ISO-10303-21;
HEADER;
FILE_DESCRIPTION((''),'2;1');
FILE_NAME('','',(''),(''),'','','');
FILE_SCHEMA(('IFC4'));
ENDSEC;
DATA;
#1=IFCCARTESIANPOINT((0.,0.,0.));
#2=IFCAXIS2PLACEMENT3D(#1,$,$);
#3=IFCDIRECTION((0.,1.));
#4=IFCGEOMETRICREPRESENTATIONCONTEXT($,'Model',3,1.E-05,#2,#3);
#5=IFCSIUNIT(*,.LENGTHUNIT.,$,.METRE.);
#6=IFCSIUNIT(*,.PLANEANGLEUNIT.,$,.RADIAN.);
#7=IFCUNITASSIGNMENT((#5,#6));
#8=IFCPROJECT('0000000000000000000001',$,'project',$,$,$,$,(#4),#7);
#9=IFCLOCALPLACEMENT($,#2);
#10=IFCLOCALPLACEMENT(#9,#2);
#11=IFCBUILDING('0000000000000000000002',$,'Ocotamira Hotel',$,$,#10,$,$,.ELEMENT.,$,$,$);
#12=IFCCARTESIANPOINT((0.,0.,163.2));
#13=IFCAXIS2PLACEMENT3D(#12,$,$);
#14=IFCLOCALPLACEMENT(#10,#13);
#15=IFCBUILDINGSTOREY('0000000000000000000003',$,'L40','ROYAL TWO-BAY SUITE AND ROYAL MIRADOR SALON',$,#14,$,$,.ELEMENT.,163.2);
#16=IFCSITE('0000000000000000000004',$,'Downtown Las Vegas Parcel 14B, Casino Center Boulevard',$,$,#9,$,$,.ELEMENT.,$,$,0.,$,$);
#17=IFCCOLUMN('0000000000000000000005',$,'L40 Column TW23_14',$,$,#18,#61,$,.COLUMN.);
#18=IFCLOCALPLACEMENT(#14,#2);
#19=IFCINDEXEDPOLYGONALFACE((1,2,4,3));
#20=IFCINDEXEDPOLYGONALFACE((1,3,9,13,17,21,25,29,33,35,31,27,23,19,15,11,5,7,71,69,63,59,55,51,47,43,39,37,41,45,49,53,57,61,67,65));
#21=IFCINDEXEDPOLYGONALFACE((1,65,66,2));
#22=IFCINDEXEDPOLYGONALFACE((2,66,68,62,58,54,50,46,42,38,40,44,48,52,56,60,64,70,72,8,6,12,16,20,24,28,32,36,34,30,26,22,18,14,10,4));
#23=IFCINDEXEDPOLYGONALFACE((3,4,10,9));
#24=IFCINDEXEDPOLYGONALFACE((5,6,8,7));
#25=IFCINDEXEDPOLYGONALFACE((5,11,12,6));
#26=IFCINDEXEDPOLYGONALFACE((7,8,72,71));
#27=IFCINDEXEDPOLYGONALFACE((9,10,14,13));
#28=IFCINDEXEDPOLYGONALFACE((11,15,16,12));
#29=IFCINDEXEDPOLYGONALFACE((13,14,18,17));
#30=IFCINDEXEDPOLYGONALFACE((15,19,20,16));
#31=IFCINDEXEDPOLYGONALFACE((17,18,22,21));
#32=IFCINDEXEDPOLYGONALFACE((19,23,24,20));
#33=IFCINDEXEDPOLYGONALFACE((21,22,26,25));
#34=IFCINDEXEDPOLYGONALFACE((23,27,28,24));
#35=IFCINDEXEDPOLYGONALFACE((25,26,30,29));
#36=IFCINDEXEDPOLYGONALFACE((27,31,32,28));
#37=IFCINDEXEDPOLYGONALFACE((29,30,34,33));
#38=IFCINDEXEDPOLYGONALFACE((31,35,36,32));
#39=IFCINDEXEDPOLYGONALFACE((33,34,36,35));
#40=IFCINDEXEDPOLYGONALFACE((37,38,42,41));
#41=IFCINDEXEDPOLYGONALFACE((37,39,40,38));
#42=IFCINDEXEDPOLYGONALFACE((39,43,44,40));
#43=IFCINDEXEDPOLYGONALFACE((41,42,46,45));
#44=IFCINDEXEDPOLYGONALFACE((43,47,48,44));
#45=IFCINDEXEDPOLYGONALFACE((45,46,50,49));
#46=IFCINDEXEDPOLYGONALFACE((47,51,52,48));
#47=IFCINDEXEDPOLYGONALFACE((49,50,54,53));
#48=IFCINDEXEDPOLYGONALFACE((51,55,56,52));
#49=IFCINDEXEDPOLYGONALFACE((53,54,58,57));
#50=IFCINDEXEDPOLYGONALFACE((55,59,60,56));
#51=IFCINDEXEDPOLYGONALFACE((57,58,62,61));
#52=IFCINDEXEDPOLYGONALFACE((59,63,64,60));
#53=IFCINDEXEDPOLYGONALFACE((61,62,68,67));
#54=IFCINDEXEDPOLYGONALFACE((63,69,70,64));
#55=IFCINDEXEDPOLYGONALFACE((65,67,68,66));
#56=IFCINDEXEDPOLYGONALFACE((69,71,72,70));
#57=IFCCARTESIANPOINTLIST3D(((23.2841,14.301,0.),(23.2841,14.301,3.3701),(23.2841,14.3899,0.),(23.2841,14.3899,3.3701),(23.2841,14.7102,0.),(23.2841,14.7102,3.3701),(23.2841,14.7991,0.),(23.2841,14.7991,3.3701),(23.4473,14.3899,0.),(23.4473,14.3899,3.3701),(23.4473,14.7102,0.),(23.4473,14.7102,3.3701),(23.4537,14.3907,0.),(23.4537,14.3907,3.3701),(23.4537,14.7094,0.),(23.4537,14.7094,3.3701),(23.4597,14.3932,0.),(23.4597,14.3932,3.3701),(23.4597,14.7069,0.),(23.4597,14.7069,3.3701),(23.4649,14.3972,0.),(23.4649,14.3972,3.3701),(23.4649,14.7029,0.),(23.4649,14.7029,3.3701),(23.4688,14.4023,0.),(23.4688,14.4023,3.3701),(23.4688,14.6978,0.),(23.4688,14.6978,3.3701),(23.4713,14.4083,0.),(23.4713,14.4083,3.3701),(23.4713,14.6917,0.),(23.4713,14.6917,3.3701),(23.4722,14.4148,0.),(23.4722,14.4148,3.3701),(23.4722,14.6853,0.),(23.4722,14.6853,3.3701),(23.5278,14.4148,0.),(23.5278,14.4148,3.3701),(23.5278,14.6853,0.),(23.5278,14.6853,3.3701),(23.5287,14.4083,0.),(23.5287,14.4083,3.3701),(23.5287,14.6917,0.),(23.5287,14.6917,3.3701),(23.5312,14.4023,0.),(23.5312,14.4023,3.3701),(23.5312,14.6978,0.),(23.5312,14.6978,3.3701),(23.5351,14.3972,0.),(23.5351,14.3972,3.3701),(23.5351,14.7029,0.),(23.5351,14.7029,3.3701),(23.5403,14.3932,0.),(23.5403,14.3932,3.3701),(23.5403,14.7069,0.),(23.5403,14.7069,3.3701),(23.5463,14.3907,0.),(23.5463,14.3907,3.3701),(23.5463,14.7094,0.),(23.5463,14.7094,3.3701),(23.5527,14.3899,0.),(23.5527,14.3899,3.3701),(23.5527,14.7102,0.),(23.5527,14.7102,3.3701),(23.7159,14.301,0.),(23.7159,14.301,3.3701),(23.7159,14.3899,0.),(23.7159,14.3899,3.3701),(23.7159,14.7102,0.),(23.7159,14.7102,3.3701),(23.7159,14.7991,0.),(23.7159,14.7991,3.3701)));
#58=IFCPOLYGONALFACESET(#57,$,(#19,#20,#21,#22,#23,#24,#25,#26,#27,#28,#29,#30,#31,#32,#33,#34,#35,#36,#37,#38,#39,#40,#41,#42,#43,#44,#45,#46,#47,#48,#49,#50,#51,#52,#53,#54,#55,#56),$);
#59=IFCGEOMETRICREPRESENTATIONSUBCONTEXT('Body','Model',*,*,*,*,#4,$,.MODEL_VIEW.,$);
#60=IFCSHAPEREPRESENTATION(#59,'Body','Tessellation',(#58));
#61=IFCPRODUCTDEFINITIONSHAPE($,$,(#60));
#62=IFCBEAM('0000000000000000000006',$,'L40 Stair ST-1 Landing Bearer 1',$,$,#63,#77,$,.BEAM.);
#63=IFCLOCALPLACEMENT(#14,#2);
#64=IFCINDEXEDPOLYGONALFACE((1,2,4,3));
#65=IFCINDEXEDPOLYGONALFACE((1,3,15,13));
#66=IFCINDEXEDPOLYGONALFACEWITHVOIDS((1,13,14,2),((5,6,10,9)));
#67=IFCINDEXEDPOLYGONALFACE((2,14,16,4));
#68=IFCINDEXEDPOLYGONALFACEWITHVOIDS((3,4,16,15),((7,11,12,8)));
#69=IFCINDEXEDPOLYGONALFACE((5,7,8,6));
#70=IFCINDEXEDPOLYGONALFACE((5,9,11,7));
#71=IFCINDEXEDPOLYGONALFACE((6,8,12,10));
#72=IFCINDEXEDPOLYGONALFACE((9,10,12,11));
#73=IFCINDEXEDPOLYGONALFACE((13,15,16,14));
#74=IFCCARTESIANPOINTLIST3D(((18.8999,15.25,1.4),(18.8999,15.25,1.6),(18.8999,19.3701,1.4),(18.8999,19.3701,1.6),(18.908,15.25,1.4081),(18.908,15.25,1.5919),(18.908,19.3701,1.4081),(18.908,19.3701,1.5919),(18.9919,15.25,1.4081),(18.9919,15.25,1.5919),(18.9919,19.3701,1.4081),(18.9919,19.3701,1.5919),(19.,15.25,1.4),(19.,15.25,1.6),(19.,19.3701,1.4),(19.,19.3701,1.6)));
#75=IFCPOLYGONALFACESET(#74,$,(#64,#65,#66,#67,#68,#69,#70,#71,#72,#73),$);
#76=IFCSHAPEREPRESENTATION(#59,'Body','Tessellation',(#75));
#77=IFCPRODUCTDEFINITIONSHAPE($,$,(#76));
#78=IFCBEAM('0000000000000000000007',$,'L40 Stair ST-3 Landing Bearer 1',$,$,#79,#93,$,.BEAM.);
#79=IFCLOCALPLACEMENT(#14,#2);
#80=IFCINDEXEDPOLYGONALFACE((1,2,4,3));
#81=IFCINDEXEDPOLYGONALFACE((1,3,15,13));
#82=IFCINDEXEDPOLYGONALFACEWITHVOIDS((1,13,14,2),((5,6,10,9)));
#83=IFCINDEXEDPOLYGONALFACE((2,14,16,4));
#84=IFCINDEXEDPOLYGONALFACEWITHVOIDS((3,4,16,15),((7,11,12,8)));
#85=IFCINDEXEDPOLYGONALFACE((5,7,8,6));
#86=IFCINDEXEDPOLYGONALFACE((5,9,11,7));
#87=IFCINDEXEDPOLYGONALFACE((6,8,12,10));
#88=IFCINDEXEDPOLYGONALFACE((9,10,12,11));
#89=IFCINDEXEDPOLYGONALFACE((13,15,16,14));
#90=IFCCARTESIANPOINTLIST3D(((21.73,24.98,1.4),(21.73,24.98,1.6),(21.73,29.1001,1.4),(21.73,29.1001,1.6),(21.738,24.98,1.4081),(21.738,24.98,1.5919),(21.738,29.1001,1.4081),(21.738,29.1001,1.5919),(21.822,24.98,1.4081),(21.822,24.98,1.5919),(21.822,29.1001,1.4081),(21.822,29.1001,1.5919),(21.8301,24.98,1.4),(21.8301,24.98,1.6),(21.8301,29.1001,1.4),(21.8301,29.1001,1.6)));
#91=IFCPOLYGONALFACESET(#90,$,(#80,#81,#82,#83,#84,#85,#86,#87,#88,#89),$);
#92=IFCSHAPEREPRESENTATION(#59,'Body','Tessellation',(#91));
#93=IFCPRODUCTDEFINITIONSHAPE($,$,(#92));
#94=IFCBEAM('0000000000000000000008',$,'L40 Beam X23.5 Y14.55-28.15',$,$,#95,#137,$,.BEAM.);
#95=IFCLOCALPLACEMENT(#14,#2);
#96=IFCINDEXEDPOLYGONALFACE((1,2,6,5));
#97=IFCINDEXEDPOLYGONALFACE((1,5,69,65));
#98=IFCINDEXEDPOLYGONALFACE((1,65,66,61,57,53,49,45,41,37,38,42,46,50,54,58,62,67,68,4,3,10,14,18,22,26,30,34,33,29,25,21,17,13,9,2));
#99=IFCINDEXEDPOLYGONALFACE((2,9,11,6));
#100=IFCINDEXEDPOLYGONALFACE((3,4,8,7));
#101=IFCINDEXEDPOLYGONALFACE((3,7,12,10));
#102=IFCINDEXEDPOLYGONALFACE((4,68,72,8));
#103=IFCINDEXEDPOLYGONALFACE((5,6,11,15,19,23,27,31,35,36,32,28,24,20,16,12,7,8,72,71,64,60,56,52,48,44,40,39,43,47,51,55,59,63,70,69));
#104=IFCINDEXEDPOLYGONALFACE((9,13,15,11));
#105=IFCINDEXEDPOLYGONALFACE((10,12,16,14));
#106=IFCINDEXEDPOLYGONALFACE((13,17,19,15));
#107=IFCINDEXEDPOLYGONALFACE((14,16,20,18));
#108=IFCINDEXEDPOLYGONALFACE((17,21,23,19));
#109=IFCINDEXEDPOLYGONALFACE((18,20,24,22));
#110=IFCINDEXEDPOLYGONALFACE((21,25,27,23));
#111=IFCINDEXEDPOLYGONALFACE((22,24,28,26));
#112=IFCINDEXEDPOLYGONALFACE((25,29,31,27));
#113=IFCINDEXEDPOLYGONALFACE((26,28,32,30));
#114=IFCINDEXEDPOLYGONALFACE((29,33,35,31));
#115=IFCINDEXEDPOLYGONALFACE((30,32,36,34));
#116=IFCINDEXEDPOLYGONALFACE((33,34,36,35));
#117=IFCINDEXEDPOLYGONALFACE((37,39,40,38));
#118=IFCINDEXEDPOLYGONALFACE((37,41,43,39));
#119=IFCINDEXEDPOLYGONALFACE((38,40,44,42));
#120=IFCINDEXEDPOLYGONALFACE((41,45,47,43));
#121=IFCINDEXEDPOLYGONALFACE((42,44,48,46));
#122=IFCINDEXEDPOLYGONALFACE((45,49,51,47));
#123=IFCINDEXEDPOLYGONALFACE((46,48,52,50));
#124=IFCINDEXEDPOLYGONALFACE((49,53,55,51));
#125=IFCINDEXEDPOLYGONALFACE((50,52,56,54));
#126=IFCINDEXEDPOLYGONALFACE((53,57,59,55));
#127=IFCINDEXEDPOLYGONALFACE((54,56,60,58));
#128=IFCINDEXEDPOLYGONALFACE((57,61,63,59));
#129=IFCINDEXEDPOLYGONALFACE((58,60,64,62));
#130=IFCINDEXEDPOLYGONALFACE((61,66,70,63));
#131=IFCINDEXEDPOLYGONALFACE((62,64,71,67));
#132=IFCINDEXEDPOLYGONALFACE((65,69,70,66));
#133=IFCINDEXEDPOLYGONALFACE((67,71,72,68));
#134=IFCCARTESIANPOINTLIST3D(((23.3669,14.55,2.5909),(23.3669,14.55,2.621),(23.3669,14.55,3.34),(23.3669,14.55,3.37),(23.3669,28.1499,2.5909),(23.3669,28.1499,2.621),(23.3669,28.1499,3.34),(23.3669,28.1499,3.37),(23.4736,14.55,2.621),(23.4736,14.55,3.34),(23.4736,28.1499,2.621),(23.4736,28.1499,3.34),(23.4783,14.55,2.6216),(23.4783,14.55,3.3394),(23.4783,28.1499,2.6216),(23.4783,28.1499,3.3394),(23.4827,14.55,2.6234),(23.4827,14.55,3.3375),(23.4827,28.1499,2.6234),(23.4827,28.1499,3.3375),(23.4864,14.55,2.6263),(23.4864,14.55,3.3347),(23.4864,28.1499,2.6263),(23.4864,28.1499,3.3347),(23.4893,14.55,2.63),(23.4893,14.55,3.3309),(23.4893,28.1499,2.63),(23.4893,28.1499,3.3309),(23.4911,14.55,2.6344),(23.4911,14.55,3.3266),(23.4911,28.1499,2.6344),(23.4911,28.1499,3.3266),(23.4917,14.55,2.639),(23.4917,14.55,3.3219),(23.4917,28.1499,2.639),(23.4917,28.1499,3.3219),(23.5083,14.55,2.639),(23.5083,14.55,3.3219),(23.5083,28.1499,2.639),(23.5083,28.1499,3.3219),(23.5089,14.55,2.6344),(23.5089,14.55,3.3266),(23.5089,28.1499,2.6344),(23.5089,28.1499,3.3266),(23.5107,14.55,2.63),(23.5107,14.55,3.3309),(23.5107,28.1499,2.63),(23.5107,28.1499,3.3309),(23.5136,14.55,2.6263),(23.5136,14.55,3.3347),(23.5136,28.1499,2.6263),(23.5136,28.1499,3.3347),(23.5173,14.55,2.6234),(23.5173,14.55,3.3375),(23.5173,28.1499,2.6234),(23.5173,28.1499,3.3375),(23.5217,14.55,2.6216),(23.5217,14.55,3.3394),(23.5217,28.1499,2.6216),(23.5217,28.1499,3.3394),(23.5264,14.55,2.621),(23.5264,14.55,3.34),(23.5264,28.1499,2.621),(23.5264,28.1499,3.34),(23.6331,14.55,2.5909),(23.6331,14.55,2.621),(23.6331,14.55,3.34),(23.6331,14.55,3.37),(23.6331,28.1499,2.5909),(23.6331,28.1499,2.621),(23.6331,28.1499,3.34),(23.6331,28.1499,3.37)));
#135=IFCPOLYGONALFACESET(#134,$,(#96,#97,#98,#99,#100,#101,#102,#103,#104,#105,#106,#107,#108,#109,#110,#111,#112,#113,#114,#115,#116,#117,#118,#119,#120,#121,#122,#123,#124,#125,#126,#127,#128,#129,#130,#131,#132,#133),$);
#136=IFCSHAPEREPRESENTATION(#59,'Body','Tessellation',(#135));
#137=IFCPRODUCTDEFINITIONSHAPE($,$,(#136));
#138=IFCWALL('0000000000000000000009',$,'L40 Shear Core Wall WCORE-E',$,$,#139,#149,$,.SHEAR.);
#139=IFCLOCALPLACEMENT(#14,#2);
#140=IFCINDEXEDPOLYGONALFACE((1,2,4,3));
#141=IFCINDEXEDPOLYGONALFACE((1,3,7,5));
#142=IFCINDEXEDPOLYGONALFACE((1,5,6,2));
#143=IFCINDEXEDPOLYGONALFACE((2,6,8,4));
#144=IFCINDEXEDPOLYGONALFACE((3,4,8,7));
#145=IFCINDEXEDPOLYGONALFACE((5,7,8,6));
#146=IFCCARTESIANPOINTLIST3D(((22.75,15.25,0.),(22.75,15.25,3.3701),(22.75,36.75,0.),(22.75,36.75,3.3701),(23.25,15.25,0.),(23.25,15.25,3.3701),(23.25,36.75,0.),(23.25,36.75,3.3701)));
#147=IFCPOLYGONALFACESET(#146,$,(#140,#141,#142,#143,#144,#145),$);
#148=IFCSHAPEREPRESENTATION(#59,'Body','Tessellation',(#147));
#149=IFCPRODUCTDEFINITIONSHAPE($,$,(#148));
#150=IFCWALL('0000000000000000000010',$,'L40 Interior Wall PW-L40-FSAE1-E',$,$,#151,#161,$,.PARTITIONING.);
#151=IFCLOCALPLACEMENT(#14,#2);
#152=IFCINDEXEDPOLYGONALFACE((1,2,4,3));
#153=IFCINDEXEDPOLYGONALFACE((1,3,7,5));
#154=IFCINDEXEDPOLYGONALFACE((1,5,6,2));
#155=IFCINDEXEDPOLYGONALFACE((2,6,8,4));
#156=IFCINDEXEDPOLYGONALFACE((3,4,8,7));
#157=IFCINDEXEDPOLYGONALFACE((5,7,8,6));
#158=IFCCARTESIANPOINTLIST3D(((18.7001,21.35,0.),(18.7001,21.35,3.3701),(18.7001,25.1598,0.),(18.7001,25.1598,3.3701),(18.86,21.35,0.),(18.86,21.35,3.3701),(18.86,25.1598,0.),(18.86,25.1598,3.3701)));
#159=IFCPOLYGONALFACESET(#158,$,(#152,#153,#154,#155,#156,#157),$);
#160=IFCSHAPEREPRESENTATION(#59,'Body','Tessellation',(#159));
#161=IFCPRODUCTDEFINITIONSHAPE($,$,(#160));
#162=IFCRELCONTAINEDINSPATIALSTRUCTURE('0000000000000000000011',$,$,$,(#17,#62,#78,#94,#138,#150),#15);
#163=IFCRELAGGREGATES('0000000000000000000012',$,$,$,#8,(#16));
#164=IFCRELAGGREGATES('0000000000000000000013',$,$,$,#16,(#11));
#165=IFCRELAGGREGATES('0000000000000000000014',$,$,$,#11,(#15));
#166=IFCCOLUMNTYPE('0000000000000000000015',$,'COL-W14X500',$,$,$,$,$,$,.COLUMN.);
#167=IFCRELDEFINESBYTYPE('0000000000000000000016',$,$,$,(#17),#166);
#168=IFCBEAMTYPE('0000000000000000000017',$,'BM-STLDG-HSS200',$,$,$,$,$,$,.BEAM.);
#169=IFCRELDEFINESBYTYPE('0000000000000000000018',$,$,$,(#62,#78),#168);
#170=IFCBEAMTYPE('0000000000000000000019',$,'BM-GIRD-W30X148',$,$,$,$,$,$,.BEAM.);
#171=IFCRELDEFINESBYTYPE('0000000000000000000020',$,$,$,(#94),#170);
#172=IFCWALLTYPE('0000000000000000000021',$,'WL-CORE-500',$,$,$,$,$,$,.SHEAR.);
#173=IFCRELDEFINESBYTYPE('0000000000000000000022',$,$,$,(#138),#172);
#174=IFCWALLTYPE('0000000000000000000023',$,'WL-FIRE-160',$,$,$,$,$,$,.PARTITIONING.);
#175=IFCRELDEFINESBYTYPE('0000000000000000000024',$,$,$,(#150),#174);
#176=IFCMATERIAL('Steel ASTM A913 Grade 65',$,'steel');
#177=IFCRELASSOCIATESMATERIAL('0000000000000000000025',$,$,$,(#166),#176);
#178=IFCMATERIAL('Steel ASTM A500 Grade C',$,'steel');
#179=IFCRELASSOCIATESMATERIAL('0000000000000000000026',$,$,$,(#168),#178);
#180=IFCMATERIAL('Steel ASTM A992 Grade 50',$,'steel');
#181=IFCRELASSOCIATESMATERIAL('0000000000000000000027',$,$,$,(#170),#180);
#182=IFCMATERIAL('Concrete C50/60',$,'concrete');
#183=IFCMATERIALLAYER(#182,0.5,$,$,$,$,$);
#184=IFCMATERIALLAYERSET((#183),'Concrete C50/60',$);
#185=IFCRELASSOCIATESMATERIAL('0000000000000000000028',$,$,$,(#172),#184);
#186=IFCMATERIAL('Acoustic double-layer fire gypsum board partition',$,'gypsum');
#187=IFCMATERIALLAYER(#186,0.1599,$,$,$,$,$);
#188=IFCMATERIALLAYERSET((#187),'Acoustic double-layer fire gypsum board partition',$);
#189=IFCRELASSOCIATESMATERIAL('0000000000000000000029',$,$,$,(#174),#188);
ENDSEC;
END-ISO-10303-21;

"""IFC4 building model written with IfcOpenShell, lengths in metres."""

from ifc_helpers import new_model, si_unit, direction, frame, frame_2d, origin, origin_2d, place, context, subcontext, project, spatial, rectangle, hollow_rectangle, i_section, extrude, source, transform, mapped, material, layer, layer_set, material_profile, profile_set, type_object, element, save


model = new_model("IFC4")

# Units and contexts
model_context = context("Model", 3, precision=1e-05, world=origin(), true_north=direction((0.0, 1.0)))
body_context = subcontext(model_context, "Body", "Model", "MODEL_VIEW")
ifc_project = project(units=[si_unit("LENGTHUNIT", "METRE"), si_unit("PLANEANGLEUNIT", "RADIAN")], contexts=[model_context])

# Site, building, storey
site_placement = place(None, origin())
site = spatial("IfcSite", under=ifc_project, at=site_placement, Name="Downtown Las Vegas Parcel 14B, Casino Center Boulevard", CompositionType="ELEMENT", RefElevation=0.0)
building_placement = place(site_placement, origin())
building = spatial("IfcBuilding", under=site, at=building_placement, Name="Ocotamira Hotel", CompositionType="ELEMENT")
storey_placement = place(building_placement, frame((0.0, 0.0, 163.2)))
storey = spatial("IfcBuildingStorey", under=building, at=storey_placement, Name="L40", Description="ROYAL TWO-BAY SUITE AND ROYAL MIRADOR SALON", CompositionType="ELEMENT", Elevation=163.2)

# Column
ifc_material_1 = material(Name="Steel ASTM A913 Grade 65", Category="steel")
ifc_material_profile_1 = material_profile(ifc_material_1, i_section(OverallWidth=0.4319, OverallDepth=0.498, WebThickness=0.0557, FlangeThickness=0.0889, FilletRadius=0.0249, at=origin_2d()), Name="W14X500")
ifc_profile_set_1 = profile_set([ifc_material_profile_1], Name="Steel ASTM A913 Grade 65")
column_type = type_object("IfcColumnType", Name="COL-W14X500", PredefinedType="COLUMN", material=ifc_profile_set_1)
shared_shape_1 = source(origin(), body_context, "Body", "SweptSolid", [
    extrude(i_section(OverallWidth=0.4319, OverallDepth=0.498, WebThickness=0.0557, FlangeThickness=0.0889, FilletRadius=0.0249, at=origin_2d()), origin(), (0.0, 0.0, 1.0), 3.3701),
])
column_placement = place(storey_placement, frame((23.5, 14.55, 0.0), z_axis=(0.0, 0.0, 1.0), x_axis=(1.0, 0.0, 0.0)))
element("IfcColumn", 1, at=column_placement, inside=storey, type_object=column_type, Name="L40 Column TW23_14", PredefinedType="COLUMN", context=body_context, shape_type="MappedRepresentation", body=[
    mapped(shared_shape_1, transform((0.0, 0.0, 0.0), scale=1.0)),
])

# Beams
ifc_material_2 = material(Name="Steel ASTM A500 Grade C", Category="steel")
ifc_material_profile_2 = material_profile(ifc_material_2, hollow_rectangle(XDim=0.1001, YDim=0.2, WallThickness=0.0081, at=origin_2d()), Name="HSS200X100X8")
ifc_profile_set_2 = profile_set([ifc_material_profile_2], Name="Steel ASTM A500 Grade C")
beam_type_1 = type_object("IfcBeamType", Name="BM-STLDG-HSS200", PredefinedType="BEAM", material=ifc_profile_set_2)
shared_shape_2 = source(origin(), body_context, "Body", "SweptSolid", [
    extrude(hollow_rectangle(XDim=0.1001, YDim=0.2, WallThickness=0.0081, at=origin_2d()), origin(), (0.0, 0.0, 1.0), 4.1201),
])
for number, where, z_axis, x_axis, name in (
    (2, (18.95, 15.25, 1.5), (0.0, 1.0, 0.0), (-1.0, 0.0, 0.0), "L40 Stair ST-1 Landing Bearer 1"),
    (3, (21.78, 24.98, 1.5), (0.0, 1.0, 0.0), (-1.0, 0.0, 0.0), "L40 Stair ST-3 Landing Bearer 1"),
):
    element("IfcBeam", number, at=place(storey_placement, frame(where, z_axis=z_axis, x_axis=x_axis)), inside=storey, type_object=beam_type_1, Name=name, PredefinedType="BEAM", context=body_context, shape_type="MappedRepresentation", body=[
        mapped(shared_shape_2, transform((0.0, 0.0, 0.0), scale=1.0)),
    ])
ifc_material_3 = material(Name="Steel ASTM A992 Grade 50", Category="steel")
ifc_material_profile_3 = material_profile(ifc_material_3, i_section(OverallWidth=0.2661, OverallDepth=0.7791, WebThickness=0.0166, FlangeThickness=0.03, FilletRadius=0.0181, at=origin_2d()), Name="W30X148")
ifc_profile_set_3 = profile_set([ifc_material_profile_3], Name="Steel ASTM A992 Grade 50")
beam_type_2 = type_object("IfcBeamType", Name="BM-GIRD-W30X148", PredefinedType="BEAM", material=ifc_profile_set_3)
shared_shape_3 = source(origin(), body_context, "Body", "SweptSolid", [
    extrude(i_section(OverallWidth=0.2661, OverallDepth=0.7791, WebThickness=0.0166, FlangeThickness=0.03, FilletRadius=0.0181, at=origin_2d()), origin(), (0.0, 0.0, 1.0), 13.5999),
])
beam_placement = place(storey_placement, frame((23.5, 14.55, 2.9805), z_axis=(0.0, 1.0, 0.0), x_axis=(-1.0, 0.0, 0.0)))
element("IfcBeam", 4, at=beam_placement, inside=storey, type_object=beam_type_2, Name="L40 Beam X23.5 Y14.55-28.15", PredefinedType="BEAM", context=body_context, shape_type="MappedRepresentation", body=[
    mapped(shared_shape_3, transform((0.0, 0.0, 0.0), scale=1.0)),
])

# Wall
ifc_material_4 = material(Name="Concrete C50/60", Category="concrete")
ifc_layer_1 = layer(ifc_material_4, 0.5)
ifc_layer_set_1 = layer_set([ifc_layer_1], Name="Concrete C50/60")
wall_type_1 = type_object("IfcWallType", Name="WL-CORE-500", PredefinedType="SHEAR", material=ifc_layer_set_1)
wall_1_placement = place(storey_placement, frame((23.0, 15.25, 0.0), z_axis=(0.0, 0.0, 1.0), x_axis=(0.0, 1.0, 0.0)))
element("IfcWall", 5, at=wall_1_placement, inside=storey, type_object=wall_type_1, Name="L40 Shear Core Wall WCORE-E", PredefinedType="SHEAR", context=body_context, shape_type="SweptSolid", body=[
    extrude(rectangle(XDim=21.5, YDim=0.5, at=frame_2d((10.75, 0.0))), origin(), (0.0, 0.0, 1.0), 3.3701),
])

# Shared definitions
ifc_material_5 = material(Name="Acoustic double-layer fire gypsum board partition", Category="gypsum")
ifc_layer_2 = layer(ifc_material_5, 0.1599)
ifc_layer_set_2 = layer_set([ifc_layer_2], Name="Acoustic double-layer fire gypsum board partition")
wall_type_2 = type_object("IfcWallType", Name="WL-FIRE-160", PredefinedType="PARTITIONING", material=ifc_layer_set_2)

# Wall
wall_2_placement = place(storey_placement, frame((18.78, 21.3501, 0.0), z_axis=(0.0, 0.0, 1.0), x_axis=(0.0, 1.0, 0.0)))
element("IfcWall", 6, at=wall_2_placement, inside=storey, type_object=wall_type_2, Name="L40 Interior Wall PW-L40-FSAE1-E", PredefinedType="PARTITIONING", context=body_context, shape_type="SweptSolid", body=[
    extrude(rectangle(XDim=3.8098, YDim=0.1599, at=frame_2d((1.9048, 0.0))), origin(), (0.0, 0.0, 1.0), 3.3701),
])

save(model, "model.ifc")
